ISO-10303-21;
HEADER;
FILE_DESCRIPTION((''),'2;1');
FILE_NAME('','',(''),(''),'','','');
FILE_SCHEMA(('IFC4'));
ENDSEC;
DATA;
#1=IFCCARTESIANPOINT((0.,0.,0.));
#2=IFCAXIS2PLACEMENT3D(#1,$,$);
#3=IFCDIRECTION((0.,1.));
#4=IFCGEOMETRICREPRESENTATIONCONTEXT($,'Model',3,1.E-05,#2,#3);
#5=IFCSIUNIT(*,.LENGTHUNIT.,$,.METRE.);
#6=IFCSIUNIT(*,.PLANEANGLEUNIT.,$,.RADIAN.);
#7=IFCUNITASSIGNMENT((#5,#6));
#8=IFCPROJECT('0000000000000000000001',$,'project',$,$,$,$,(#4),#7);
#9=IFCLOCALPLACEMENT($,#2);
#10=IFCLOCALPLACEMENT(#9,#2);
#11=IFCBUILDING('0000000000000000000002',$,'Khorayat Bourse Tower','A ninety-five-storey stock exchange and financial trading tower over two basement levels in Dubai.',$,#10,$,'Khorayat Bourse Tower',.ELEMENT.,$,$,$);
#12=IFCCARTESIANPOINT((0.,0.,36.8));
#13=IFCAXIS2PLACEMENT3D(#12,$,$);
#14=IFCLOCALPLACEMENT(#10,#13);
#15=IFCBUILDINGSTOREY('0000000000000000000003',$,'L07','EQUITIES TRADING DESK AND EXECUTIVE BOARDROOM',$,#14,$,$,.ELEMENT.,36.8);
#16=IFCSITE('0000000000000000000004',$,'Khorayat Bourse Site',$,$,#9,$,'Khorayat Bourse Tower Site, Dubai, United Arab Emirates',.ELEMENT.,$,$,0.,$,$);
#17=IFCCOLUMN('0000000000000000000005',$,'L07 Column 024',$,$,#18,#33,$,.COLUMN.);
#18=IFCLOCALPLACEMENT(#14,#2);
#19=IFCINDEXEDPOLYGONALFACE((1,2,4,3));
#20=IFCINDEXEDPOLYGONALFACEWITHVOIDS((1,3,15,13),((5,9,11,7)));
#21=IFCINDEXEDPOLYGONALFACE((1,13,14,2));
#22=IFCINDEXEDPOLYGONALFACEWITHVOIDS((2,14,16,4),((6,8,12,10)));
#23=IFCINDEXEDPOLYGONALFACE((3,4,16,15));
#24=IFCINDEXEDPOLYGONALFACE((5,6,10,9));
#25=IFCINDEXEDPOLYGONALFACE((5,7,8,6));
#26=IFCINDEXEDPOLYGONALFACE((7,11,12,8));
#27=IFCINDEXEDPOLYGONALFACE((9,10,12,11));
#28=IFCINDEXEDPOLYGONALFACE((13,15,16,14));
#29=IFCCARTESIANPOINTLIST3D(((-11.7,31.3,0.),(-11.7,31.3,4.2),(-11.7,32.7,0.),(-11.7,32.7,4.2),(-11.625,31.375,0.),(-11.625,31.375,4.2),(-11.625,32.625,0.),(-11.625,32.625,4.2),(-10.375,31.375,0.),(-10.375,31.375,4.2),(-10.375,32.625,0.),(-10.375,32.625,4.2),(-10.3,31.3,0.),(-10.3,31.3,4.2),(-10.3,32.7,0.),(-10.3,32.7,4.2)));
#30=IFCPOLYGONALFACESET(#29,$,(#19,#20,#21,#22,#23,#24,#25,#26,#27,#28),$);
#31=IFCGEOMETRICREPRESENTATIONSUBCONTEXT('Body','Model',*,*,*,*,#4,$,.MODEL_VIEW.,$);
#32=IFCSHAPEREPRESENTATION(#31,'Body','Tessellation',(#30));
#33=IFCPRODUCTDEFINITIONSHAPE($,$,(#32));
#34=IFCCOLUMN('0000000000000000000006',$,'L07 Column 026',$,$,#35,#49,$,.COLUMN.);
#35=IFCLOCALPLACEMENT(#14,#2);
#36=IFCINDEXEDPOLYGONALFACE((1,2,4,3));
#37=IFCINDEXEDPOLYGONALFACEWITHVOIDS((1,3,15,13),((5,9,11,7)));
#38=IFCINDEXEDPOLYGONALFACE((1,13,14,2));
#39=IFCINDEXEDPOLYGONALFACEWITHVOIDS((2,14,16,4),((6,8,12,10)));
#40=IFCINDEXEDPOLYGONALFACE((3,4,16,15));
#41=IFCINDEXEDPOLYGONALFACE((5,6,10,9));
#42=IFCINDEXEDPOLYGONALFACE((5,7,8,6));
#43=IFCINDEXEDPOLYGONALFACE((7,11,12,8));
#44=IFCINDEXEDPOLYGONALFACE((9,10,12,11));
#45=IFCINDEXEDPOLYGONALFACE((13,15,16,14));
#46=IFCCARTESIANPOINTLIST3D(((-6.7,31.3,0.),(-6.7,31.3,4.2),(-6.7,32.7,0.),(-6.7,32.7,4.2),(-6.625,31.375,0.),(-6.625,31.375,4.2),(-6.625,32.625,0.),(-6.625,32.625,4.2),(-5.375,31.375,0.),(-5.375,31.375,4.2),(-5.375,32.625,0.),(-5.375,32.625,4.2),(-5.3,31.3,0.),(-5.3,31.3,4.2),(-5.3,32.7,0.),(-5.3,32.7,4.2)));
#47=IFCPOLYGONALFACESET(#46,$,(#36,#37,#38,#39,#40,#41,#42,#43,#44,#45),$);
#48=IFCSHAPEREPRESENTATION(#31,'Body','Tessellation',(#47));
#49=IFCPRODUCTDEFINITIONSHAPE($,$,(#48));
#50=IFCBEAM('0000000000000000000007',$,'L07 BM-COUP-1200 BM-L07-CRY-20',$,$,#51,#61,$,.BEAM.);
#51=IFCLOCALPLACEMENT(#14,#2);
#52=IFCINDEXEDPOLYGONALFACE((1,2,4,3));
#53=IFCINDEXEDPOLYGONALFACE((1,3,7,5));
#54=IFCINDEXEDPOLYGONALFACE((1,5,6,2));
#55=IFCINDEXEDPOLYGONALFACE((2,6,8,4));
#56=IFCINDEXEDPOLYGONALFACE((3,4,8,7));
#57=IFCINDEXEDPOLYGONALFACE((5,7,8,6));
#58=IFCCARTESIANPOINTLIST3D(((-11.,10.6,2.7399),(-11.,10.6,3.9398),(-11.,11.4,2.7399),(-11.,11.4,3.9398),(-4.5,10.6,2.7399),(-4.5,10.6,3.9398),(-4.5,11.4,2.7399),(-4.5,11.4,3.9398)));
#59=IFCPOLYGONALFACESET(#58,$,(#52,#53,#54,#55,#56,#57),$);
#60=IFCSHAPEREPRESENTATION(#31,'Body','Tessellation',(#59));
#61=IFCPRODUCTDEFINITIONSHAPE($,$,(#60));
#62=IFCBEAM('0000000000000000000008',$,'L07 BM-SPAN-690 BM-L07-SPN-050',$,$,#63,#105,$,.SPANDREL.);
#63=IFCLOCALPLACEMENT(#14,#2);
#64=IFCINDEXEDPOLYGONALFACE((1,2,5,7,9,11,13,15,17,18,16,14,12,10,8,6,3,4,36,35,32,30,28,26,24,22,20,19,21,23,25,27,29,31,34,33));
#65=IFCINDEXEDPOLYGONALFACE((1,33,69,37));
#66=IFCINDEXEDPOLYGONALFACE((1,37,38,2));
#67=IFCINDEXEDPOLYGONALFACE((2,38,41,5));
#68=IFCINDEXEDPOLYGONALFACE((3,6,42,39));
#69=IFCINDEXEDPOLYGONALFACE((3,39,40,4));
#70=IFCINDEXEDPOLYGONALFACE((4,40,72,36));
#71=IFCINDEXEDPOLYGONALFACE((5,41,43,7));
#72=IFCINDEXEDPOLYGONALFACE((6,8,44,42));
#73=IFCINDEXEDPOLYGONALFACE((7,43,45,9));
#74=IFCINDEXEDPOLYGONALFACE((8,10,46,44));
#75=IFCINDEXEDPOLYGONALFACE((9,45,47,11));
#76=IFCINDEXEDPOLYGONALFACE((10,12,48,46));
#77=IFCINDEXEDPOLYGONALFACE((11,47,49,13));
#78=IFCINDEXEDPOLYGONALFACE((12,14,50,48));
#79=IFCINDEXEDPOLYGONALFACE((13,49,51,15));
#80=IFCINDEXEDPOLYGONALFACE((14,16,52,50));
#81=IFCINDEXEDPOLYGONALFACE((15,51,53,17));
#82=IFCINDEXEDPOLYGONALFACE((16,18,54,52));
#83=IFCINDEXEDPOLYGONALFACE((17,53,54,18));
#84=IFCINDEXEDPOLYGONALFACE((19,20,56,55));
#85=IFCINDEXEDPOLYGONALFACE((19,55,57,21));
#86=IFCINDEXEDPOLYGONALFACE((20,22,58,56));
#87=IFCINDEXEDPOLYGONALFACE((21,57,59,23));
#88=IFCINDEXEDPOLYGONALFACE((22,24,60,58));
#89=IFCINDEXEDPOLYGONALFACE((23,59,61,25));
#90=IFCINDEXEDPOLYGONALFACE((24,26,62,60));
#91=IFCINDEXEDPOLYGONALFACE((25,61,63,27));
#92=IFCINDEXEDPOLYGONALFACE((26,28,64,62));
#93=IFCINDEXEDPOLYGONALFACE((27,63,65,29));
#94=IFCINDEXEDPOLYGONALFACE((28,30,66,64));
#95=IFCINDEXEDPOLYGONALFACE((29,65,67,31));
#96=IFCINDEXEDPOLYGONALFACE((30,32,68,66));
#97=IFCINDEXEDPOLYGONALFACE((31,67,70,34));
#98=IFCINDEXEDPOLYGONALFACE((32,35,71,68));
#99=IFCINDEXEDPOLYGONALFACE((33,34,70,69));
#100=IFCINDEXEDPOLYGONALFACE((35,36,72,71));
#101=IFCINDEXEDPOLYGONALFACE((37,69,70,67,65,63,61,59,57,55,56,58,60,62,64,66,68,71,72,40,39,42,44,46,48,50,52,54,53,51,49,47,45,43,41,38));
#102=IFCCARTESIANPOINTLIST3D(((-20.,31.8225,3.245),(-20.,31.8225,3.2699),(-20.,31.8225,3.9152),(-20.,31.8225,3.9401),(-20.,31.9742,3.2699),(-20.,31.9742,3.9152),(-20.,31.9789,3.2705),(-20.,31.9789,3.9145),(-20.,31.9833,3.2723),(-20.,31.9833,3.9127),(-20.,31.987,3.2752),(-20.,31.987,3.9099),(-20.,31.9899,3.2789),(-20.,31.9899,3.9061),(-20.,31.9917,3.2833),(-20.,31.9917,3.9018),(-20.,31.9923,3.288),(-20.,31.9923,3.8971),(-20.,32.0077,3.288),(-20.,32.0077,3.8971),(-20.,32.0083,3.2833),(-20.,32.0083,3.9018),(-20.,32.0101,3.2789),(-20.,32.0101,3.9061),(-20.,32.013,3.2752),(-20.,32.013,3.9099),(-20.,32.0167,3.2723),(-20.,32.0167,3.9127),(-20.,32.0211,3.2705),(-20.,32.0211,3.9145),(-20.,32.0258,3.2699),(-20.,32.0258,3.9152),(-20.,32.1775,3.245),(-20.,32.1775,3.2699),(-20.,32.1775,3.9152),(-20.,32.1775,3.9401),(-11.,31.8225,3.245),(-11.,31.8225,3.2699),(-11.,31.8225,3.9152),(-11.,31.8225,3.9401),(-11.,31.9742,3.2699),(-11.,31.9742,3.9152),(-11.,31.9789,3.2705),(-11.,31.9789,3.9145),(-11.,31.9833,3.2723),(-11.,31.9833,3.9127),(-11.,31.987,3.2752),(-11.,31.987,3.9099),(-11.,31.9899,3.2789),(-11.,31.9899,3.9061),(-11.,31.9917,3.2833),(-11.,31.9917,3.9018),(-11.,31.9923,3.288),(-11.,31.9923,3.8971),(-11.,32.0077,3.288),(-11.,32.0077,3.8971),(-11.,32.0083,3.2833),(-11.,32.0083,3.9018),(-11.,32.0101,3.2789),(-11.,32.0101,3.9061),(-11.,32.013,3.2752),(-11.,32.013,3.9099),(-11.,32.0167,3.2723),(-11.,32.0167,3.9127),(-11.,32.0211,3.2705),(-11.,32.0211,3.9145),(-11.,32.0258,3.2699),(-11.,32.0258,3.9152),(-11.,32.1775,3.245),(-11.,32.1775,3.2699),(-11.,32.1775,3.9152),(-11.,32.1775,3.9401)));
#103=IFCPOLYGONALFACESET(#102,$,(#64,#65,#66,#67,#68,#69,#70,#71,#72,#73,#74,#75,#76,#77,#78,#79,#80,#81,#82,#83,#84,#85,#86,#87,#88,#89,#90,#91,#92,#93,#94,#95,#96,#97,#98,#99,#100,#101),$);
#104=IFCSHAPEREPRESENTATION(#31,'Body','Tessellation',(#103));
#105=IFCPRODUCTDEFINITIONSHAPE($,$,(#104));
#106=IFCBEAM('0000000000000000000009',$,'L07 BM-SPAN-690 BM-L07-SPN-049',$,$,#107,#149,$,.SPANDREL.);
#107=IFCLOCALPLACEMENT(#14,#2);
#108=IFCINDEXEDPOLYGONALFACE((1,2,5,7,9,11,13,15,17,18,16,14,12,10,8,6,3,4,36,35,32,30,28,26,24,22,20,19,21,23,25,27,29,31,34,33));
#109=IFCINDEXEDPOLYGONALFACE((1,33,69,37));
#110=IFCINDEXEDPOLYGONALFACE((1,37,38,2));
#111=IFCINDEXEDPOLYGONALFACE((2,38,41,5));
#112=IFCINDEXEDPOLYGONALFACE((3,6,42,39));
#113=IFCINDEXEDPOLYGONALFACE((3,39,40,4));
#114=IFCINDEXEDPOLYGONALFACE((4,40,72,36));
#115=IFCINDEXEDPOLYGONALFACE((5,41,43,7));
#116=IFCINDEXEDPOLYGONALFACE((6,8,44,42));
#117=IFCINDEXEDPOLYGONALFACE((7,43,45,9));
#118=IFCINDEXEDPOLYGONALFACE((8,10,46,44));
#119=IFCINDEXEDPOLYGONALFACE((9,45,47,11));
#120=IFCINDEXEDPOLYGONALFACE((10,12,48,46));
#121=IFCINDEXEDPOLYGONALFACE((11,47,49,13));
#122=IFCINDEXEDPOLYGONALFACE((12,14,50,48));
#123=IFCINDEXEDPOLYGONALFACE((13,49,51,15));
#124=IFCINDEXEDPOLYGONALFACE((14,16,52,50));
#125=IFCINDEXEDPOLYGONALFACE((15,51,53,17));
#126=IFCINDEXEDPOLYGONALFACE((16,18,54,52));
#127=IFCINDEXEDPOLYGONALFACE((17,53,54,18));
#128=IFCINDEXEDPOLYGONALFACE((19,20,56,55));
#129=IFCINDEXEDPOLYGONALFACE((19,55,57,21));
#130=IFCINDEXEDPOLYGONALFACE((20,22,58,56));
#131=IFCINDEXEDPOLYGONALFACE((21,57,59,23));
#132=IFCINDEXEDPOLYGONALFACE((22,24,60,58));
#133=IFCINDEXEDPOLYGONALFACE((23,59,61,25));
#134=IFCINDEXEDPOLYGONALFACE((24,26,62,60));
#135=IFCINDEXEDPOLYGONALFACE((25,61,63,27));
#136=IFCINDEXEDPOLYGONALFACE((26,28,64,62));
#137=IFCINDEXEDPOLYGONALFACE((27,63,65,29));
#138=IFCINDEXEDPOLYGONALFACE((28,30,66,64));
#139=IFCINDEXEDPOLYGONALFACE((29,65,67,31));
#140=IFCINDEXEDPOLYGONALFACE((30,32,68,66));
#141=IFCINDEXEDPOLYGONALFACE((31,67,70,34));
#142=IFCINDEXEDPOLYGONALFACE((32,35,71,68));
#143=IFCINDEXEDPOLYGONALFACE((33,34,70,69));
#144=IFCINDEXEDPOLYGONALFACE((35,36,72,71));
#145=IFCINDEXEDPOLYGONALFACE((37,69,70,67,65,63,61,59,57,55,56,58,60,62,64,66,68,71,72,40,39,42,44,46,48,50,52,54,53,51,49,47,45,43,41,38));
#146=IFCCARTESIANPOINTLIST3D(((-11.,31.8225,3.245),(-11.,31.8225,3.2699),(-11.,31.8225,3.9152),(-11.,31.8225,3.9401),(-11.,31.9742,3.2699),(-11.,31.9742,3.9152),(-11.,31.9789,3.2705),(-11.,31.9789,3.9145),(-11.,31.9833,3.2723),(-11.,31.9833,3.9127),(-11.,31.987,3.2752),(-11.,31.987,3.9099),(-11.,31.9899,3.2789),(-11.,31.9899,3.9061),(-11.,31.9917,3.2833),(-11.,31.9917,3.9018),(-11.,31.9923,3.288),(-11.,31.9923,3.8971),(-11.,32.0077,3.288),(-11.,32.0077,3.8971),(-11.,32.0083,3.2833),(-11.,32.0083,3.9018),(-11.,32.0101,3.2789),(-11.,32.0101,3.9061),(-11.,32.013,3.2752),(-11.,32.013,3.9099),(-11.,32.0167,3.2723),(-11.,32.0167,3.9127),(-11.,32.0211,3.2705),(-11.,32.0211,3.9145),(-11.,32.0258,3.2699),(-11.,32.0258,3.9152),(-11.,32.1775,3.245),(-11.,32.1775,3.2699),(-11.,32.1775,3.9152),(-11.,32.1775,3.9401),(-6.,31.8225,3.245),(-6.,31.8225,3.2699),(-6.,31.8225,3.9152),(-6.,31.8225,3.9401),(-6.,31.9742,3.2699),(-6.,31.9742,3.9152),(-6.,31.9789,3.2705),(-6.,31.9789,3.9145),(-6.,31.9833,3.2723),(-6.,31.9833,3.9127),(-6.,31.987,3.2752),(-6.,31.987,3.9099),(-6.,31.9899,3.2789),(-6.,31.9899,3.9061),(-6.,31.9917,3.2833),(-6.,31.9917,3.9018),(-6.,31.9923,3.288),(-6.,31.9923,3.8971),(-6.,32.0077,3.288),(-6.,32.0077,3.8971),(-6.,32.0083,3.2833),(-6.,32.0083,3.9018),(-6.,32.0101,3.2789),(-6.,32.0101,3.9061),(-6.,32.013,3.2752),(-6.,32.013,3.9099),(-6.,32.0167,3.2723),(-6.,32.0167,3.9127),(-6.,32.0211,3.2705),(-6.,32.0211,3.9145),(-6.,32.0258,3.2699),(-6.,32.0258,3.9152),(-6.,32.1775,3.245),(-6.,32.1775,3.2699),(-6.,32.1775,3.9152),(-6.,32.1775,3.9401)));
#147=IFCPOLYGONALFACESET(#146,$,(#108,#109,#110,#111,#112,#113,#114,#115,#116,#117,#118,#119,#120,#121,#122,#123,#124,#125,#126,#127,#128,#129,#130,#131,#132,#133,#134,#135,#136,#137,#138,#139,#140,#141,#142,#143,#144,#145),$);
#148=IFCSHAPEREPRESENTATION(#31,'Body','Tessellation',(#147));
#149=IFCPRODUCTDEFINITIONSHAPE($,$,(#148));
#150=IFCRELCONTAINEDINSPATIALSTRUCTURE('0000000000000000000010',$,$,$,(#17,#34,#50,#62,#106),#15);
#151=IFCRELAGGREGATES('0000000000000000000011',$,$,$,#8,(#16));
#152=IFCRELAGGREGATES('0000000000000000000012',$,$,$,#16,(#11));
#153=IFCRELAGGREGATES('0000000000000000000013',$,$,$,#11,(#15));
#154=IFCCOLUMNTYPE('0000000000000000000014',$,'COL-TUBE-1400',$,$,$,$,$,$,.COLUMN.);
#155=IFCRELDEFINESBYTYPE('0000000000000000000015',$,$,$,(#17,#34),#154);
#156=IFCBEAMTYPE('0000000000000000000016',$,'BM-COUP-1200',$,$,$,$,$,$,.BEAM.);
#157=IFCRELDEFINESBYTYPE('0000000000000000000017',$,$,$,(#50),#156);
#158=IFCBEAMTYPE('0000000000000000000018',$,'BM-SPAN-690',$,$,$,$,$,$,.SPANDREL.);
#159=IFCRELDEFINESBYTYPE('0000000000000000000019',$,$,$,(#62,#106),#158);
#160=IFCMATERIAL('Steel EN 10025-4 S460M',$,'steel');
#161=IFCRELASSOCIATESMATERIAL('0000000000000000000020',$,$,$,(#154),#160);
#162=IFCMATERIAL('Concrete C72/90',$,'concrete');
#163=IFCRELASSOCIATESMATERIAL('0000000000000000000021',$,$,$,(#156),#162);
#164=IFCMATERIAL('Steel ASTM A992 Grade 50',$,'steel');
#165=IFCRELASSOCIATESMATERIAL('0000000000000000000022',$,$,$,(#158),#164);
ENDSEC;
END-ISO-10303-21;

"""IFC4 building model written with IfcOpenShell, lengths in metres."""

from ifc_helpers import new_model, si_unit, direction, frame, origin, origin_2d, place, context, subcontext, project, spatial, rectangle, hollow_rectangle, i_section, extrude, source, transform, mapped, material, material_profile, profile_set, type_object, element, save


model = new_model("IFC4")

# Units and contexts
model_context = context("Model", 3, precision=1e-05, world=origin(), true_north=direction((0.0, 1.0)))
body_context = subcontext(model_context, "Body", "Model", "MODEL_VIEW")
ifc_project = project(units=[si_unit("LENGTHUNIT", "METRE"), si_unit("PLANEANGLEUNIT", "RADIAN")], contexts=[model_context])

# Site, building, storey
site_placement = place(None, origin())
site = spatial("IfcSite", under=ifc_project, at=site_placement, Name="Khorayat Bourse Site", LongName="Khorayat Bourse Tower Site, Dubai, United Arab Emirates", CompositionType="ELEMENT", RefElevation=0.0)
building_placement = place(site_placement, origin())
building = spatial("IfcBuilding", under=site, at=building_placement, Name="Khorayat Bourse Tower", Description="A ninety-five-storey stock exchange and financial trading tower over two basement levels in Dubai.", LongName="Khorayat Bourse Tower", CompositionType="ELEMENT")
storey_placement = place(building_placement, frame((0.0, 0.0, 36.8)))
storey = spatial("IfcBuildingStorey", under=building, at=storey_placement, Name="L07", Description="EQUITIES TRADING DESK AND EXECUTIVE BOARDROOM", CompositionType="ELEMENT", Elevation=36.8)

# Columns
ifc_material_1 = material(Name="Steel EN 10025-4 S460M", Category="steel")
ifc_material_profile_1 = material_profile(ifc_material_1, hollow_rectangle(XDim=1.3999, YDim=1.3999, WallThickness=0.075, at=origin_2d()), Name="BOX 1400x1400x75")
ifc_profile_set_1 = profile_set([ifc_material_profile_1], Name="Steel EN 10025-4 S460M")
column_type = type_object("IfcColumnType", Name="COL-TUBE-1400", PredefinedType="COLUMN", material=ifc_profile_set_1)
shared_shape_1 = source(origin(), body_context, "Body", "SweptSolid", [
    extrude(hollow_rectangle(XDim=1.3999, YDim=1.3999, WallThickness=0.075, at=origin_2d()), origin(), (0.0, 0.0, 1.0), 4.2),
])
for number, where, z_axis, x_axis, name in (
    (1, (-11.0, 32.0, 0.0), (0.0, 0.0, 1.0), (1.0, 0.0, 0.0), "L07 Column 024"),
    (2, (-6.0, 32.0, 0.0), (0.0, 0.0, 1.0), (1.0, 0.0, 0.0), "L07 Column 026"),
):
    element("IfcColumn", number, at=place(storey_placement, frame(where, z_axis=z_axis, x_axis=x_axis)), inside=storey, type_object=column_type, Name=name, PredefinedType="COLUMN", context=body_context, shape_type="MappedRepresentation", body=[
        mapped(shared_shape_1, transform((0.0, 0.0, 0.0), scale=1.0)),
    ])

# Beams
ifc_material_2 = material(Name="Concrete C72/90", Category="concrete")
ifc_material_profile_2 = material_profile(ifc_material_2, rectangle(XDim=0.8, YDim=1.2, at=origin_2d()), Name="RC 800x1200")
ifc_profile_set_2 = profile_set([ifc_material_profile_2], Name="Concrete C72/90")
beam_type_1 = type_object("IfcBeamType", Name="BM-COUP-1200", PredefinedType="BEAM", material=ifc_profile_set_2)
shared_shape_2 = source(origin(), body_context, "Body", "SweptSolid", [
    extrude(rectangle(XDim=0.8, YDim=1.2, at=origin_2d()), origin(), (0.0, 0.0, 1.0), 6.5),
])
beam_1_placement = place(storey_placement, frame((-11.0, 11.0, 3.3398), z_axis=(1.0, 0.0, 0.0), x_axis=(0.0, 1.0, 0.0)))
element("IfcBeam", 3, at=beam_1_placement, inside=storey, type_object=beam_type_1, Name="L07 BM-COUP-1200 BM-L07-CRY-20", PredefinedType="BEAM", context=body_context, shape_type="MappedRepresentation", body=[
    mapped(shared_shape_2, transform((0.0, 0.0, 0.0), scale=1.0)),
])
ifc_material_3 = material(Name="Steel ASTM A992 Grade 50", Category="steel")
ifc_material_profile_3 = material_profile(ifc_material_3, i_section(OverallWidth=0.355, OverallDepth=0.6951, WebThickness=0.0154, FlangeThickness=0.0249, FilletRadius=0.0181, at=origin_2d()), Name="W690X217")
ifc_profile_set_3 = profile_set([ifc_material_profile_3], Name="Steel ASTM A992 Grade 50")
beam_type_2 = type_object("IfcBeamType", Name="BM-SPAN-690", PredefinedType="SPANDREL", material=ifc_profile_set_3)
shared_shape_3 = source(origin(), body_context, "Body", "SweptSolid", [
    extrude(i_section(OverallWidth=0.355, OverallDepth=0.6951, WebThickness=0.0154, FlangeThickness=0.0249, FilletRadius=0.0181, at=origin_2d()), origin(), (0.0, 0.0, 1.0), 9.0),
])
beam_2_placement = place(storey_placement, frame((-20.0, 32.0, 3.5925), z_axis=(1.0, 0.0, 0.0), x_axis=(0.0, 1.0, 0.0)))
element("IfcBeam", 4, at=beam_2_placement, inside=storey, type_object=beam_type_2, Name="L07 BM-SPAN-690 BM-L07-SPN-050", PredefinedType="SPANDREL", context=body_context, shape_type="MappedRepresentation", body=[
    mapped(shared_shape_3, transform((0.0, 0.0, 0.0), scale=1.0)),
])
shared_shape_4 = source(origin(), body_context, "Body", "SweptSolid", [
    extrude(i_section(OverallWidth=0.355, OverallDepth=0.6951, WebThickness=0.0154, FlangeThickness=0.0249, FilletRadius=0.0181, at=origin_2d()), origin(), (0.0, 0.0, 1.0), 5.0),
])
beam_3_placement = place(storey_placement, frame((-11.0, 32.0, 3.5925), z_axis=(1.0, 0.0, 0.0), x_axis=(0.0, 1.0, 0.0)))
element("IfcBeam", 5, at=beam_3_placement, inside=storey, type_object=beam_type_2, Name="L07 BM-SPAN-690 BM-L07-SPN-049", PredefinedType="SPANDREL", context=body_context, shape_type="MappedRepresentation", body=[
    mapped(shared_shape_4, transform((0.0, 0.0, 0.0), scale=1.0)),
])

save(model, "model.ifc")
